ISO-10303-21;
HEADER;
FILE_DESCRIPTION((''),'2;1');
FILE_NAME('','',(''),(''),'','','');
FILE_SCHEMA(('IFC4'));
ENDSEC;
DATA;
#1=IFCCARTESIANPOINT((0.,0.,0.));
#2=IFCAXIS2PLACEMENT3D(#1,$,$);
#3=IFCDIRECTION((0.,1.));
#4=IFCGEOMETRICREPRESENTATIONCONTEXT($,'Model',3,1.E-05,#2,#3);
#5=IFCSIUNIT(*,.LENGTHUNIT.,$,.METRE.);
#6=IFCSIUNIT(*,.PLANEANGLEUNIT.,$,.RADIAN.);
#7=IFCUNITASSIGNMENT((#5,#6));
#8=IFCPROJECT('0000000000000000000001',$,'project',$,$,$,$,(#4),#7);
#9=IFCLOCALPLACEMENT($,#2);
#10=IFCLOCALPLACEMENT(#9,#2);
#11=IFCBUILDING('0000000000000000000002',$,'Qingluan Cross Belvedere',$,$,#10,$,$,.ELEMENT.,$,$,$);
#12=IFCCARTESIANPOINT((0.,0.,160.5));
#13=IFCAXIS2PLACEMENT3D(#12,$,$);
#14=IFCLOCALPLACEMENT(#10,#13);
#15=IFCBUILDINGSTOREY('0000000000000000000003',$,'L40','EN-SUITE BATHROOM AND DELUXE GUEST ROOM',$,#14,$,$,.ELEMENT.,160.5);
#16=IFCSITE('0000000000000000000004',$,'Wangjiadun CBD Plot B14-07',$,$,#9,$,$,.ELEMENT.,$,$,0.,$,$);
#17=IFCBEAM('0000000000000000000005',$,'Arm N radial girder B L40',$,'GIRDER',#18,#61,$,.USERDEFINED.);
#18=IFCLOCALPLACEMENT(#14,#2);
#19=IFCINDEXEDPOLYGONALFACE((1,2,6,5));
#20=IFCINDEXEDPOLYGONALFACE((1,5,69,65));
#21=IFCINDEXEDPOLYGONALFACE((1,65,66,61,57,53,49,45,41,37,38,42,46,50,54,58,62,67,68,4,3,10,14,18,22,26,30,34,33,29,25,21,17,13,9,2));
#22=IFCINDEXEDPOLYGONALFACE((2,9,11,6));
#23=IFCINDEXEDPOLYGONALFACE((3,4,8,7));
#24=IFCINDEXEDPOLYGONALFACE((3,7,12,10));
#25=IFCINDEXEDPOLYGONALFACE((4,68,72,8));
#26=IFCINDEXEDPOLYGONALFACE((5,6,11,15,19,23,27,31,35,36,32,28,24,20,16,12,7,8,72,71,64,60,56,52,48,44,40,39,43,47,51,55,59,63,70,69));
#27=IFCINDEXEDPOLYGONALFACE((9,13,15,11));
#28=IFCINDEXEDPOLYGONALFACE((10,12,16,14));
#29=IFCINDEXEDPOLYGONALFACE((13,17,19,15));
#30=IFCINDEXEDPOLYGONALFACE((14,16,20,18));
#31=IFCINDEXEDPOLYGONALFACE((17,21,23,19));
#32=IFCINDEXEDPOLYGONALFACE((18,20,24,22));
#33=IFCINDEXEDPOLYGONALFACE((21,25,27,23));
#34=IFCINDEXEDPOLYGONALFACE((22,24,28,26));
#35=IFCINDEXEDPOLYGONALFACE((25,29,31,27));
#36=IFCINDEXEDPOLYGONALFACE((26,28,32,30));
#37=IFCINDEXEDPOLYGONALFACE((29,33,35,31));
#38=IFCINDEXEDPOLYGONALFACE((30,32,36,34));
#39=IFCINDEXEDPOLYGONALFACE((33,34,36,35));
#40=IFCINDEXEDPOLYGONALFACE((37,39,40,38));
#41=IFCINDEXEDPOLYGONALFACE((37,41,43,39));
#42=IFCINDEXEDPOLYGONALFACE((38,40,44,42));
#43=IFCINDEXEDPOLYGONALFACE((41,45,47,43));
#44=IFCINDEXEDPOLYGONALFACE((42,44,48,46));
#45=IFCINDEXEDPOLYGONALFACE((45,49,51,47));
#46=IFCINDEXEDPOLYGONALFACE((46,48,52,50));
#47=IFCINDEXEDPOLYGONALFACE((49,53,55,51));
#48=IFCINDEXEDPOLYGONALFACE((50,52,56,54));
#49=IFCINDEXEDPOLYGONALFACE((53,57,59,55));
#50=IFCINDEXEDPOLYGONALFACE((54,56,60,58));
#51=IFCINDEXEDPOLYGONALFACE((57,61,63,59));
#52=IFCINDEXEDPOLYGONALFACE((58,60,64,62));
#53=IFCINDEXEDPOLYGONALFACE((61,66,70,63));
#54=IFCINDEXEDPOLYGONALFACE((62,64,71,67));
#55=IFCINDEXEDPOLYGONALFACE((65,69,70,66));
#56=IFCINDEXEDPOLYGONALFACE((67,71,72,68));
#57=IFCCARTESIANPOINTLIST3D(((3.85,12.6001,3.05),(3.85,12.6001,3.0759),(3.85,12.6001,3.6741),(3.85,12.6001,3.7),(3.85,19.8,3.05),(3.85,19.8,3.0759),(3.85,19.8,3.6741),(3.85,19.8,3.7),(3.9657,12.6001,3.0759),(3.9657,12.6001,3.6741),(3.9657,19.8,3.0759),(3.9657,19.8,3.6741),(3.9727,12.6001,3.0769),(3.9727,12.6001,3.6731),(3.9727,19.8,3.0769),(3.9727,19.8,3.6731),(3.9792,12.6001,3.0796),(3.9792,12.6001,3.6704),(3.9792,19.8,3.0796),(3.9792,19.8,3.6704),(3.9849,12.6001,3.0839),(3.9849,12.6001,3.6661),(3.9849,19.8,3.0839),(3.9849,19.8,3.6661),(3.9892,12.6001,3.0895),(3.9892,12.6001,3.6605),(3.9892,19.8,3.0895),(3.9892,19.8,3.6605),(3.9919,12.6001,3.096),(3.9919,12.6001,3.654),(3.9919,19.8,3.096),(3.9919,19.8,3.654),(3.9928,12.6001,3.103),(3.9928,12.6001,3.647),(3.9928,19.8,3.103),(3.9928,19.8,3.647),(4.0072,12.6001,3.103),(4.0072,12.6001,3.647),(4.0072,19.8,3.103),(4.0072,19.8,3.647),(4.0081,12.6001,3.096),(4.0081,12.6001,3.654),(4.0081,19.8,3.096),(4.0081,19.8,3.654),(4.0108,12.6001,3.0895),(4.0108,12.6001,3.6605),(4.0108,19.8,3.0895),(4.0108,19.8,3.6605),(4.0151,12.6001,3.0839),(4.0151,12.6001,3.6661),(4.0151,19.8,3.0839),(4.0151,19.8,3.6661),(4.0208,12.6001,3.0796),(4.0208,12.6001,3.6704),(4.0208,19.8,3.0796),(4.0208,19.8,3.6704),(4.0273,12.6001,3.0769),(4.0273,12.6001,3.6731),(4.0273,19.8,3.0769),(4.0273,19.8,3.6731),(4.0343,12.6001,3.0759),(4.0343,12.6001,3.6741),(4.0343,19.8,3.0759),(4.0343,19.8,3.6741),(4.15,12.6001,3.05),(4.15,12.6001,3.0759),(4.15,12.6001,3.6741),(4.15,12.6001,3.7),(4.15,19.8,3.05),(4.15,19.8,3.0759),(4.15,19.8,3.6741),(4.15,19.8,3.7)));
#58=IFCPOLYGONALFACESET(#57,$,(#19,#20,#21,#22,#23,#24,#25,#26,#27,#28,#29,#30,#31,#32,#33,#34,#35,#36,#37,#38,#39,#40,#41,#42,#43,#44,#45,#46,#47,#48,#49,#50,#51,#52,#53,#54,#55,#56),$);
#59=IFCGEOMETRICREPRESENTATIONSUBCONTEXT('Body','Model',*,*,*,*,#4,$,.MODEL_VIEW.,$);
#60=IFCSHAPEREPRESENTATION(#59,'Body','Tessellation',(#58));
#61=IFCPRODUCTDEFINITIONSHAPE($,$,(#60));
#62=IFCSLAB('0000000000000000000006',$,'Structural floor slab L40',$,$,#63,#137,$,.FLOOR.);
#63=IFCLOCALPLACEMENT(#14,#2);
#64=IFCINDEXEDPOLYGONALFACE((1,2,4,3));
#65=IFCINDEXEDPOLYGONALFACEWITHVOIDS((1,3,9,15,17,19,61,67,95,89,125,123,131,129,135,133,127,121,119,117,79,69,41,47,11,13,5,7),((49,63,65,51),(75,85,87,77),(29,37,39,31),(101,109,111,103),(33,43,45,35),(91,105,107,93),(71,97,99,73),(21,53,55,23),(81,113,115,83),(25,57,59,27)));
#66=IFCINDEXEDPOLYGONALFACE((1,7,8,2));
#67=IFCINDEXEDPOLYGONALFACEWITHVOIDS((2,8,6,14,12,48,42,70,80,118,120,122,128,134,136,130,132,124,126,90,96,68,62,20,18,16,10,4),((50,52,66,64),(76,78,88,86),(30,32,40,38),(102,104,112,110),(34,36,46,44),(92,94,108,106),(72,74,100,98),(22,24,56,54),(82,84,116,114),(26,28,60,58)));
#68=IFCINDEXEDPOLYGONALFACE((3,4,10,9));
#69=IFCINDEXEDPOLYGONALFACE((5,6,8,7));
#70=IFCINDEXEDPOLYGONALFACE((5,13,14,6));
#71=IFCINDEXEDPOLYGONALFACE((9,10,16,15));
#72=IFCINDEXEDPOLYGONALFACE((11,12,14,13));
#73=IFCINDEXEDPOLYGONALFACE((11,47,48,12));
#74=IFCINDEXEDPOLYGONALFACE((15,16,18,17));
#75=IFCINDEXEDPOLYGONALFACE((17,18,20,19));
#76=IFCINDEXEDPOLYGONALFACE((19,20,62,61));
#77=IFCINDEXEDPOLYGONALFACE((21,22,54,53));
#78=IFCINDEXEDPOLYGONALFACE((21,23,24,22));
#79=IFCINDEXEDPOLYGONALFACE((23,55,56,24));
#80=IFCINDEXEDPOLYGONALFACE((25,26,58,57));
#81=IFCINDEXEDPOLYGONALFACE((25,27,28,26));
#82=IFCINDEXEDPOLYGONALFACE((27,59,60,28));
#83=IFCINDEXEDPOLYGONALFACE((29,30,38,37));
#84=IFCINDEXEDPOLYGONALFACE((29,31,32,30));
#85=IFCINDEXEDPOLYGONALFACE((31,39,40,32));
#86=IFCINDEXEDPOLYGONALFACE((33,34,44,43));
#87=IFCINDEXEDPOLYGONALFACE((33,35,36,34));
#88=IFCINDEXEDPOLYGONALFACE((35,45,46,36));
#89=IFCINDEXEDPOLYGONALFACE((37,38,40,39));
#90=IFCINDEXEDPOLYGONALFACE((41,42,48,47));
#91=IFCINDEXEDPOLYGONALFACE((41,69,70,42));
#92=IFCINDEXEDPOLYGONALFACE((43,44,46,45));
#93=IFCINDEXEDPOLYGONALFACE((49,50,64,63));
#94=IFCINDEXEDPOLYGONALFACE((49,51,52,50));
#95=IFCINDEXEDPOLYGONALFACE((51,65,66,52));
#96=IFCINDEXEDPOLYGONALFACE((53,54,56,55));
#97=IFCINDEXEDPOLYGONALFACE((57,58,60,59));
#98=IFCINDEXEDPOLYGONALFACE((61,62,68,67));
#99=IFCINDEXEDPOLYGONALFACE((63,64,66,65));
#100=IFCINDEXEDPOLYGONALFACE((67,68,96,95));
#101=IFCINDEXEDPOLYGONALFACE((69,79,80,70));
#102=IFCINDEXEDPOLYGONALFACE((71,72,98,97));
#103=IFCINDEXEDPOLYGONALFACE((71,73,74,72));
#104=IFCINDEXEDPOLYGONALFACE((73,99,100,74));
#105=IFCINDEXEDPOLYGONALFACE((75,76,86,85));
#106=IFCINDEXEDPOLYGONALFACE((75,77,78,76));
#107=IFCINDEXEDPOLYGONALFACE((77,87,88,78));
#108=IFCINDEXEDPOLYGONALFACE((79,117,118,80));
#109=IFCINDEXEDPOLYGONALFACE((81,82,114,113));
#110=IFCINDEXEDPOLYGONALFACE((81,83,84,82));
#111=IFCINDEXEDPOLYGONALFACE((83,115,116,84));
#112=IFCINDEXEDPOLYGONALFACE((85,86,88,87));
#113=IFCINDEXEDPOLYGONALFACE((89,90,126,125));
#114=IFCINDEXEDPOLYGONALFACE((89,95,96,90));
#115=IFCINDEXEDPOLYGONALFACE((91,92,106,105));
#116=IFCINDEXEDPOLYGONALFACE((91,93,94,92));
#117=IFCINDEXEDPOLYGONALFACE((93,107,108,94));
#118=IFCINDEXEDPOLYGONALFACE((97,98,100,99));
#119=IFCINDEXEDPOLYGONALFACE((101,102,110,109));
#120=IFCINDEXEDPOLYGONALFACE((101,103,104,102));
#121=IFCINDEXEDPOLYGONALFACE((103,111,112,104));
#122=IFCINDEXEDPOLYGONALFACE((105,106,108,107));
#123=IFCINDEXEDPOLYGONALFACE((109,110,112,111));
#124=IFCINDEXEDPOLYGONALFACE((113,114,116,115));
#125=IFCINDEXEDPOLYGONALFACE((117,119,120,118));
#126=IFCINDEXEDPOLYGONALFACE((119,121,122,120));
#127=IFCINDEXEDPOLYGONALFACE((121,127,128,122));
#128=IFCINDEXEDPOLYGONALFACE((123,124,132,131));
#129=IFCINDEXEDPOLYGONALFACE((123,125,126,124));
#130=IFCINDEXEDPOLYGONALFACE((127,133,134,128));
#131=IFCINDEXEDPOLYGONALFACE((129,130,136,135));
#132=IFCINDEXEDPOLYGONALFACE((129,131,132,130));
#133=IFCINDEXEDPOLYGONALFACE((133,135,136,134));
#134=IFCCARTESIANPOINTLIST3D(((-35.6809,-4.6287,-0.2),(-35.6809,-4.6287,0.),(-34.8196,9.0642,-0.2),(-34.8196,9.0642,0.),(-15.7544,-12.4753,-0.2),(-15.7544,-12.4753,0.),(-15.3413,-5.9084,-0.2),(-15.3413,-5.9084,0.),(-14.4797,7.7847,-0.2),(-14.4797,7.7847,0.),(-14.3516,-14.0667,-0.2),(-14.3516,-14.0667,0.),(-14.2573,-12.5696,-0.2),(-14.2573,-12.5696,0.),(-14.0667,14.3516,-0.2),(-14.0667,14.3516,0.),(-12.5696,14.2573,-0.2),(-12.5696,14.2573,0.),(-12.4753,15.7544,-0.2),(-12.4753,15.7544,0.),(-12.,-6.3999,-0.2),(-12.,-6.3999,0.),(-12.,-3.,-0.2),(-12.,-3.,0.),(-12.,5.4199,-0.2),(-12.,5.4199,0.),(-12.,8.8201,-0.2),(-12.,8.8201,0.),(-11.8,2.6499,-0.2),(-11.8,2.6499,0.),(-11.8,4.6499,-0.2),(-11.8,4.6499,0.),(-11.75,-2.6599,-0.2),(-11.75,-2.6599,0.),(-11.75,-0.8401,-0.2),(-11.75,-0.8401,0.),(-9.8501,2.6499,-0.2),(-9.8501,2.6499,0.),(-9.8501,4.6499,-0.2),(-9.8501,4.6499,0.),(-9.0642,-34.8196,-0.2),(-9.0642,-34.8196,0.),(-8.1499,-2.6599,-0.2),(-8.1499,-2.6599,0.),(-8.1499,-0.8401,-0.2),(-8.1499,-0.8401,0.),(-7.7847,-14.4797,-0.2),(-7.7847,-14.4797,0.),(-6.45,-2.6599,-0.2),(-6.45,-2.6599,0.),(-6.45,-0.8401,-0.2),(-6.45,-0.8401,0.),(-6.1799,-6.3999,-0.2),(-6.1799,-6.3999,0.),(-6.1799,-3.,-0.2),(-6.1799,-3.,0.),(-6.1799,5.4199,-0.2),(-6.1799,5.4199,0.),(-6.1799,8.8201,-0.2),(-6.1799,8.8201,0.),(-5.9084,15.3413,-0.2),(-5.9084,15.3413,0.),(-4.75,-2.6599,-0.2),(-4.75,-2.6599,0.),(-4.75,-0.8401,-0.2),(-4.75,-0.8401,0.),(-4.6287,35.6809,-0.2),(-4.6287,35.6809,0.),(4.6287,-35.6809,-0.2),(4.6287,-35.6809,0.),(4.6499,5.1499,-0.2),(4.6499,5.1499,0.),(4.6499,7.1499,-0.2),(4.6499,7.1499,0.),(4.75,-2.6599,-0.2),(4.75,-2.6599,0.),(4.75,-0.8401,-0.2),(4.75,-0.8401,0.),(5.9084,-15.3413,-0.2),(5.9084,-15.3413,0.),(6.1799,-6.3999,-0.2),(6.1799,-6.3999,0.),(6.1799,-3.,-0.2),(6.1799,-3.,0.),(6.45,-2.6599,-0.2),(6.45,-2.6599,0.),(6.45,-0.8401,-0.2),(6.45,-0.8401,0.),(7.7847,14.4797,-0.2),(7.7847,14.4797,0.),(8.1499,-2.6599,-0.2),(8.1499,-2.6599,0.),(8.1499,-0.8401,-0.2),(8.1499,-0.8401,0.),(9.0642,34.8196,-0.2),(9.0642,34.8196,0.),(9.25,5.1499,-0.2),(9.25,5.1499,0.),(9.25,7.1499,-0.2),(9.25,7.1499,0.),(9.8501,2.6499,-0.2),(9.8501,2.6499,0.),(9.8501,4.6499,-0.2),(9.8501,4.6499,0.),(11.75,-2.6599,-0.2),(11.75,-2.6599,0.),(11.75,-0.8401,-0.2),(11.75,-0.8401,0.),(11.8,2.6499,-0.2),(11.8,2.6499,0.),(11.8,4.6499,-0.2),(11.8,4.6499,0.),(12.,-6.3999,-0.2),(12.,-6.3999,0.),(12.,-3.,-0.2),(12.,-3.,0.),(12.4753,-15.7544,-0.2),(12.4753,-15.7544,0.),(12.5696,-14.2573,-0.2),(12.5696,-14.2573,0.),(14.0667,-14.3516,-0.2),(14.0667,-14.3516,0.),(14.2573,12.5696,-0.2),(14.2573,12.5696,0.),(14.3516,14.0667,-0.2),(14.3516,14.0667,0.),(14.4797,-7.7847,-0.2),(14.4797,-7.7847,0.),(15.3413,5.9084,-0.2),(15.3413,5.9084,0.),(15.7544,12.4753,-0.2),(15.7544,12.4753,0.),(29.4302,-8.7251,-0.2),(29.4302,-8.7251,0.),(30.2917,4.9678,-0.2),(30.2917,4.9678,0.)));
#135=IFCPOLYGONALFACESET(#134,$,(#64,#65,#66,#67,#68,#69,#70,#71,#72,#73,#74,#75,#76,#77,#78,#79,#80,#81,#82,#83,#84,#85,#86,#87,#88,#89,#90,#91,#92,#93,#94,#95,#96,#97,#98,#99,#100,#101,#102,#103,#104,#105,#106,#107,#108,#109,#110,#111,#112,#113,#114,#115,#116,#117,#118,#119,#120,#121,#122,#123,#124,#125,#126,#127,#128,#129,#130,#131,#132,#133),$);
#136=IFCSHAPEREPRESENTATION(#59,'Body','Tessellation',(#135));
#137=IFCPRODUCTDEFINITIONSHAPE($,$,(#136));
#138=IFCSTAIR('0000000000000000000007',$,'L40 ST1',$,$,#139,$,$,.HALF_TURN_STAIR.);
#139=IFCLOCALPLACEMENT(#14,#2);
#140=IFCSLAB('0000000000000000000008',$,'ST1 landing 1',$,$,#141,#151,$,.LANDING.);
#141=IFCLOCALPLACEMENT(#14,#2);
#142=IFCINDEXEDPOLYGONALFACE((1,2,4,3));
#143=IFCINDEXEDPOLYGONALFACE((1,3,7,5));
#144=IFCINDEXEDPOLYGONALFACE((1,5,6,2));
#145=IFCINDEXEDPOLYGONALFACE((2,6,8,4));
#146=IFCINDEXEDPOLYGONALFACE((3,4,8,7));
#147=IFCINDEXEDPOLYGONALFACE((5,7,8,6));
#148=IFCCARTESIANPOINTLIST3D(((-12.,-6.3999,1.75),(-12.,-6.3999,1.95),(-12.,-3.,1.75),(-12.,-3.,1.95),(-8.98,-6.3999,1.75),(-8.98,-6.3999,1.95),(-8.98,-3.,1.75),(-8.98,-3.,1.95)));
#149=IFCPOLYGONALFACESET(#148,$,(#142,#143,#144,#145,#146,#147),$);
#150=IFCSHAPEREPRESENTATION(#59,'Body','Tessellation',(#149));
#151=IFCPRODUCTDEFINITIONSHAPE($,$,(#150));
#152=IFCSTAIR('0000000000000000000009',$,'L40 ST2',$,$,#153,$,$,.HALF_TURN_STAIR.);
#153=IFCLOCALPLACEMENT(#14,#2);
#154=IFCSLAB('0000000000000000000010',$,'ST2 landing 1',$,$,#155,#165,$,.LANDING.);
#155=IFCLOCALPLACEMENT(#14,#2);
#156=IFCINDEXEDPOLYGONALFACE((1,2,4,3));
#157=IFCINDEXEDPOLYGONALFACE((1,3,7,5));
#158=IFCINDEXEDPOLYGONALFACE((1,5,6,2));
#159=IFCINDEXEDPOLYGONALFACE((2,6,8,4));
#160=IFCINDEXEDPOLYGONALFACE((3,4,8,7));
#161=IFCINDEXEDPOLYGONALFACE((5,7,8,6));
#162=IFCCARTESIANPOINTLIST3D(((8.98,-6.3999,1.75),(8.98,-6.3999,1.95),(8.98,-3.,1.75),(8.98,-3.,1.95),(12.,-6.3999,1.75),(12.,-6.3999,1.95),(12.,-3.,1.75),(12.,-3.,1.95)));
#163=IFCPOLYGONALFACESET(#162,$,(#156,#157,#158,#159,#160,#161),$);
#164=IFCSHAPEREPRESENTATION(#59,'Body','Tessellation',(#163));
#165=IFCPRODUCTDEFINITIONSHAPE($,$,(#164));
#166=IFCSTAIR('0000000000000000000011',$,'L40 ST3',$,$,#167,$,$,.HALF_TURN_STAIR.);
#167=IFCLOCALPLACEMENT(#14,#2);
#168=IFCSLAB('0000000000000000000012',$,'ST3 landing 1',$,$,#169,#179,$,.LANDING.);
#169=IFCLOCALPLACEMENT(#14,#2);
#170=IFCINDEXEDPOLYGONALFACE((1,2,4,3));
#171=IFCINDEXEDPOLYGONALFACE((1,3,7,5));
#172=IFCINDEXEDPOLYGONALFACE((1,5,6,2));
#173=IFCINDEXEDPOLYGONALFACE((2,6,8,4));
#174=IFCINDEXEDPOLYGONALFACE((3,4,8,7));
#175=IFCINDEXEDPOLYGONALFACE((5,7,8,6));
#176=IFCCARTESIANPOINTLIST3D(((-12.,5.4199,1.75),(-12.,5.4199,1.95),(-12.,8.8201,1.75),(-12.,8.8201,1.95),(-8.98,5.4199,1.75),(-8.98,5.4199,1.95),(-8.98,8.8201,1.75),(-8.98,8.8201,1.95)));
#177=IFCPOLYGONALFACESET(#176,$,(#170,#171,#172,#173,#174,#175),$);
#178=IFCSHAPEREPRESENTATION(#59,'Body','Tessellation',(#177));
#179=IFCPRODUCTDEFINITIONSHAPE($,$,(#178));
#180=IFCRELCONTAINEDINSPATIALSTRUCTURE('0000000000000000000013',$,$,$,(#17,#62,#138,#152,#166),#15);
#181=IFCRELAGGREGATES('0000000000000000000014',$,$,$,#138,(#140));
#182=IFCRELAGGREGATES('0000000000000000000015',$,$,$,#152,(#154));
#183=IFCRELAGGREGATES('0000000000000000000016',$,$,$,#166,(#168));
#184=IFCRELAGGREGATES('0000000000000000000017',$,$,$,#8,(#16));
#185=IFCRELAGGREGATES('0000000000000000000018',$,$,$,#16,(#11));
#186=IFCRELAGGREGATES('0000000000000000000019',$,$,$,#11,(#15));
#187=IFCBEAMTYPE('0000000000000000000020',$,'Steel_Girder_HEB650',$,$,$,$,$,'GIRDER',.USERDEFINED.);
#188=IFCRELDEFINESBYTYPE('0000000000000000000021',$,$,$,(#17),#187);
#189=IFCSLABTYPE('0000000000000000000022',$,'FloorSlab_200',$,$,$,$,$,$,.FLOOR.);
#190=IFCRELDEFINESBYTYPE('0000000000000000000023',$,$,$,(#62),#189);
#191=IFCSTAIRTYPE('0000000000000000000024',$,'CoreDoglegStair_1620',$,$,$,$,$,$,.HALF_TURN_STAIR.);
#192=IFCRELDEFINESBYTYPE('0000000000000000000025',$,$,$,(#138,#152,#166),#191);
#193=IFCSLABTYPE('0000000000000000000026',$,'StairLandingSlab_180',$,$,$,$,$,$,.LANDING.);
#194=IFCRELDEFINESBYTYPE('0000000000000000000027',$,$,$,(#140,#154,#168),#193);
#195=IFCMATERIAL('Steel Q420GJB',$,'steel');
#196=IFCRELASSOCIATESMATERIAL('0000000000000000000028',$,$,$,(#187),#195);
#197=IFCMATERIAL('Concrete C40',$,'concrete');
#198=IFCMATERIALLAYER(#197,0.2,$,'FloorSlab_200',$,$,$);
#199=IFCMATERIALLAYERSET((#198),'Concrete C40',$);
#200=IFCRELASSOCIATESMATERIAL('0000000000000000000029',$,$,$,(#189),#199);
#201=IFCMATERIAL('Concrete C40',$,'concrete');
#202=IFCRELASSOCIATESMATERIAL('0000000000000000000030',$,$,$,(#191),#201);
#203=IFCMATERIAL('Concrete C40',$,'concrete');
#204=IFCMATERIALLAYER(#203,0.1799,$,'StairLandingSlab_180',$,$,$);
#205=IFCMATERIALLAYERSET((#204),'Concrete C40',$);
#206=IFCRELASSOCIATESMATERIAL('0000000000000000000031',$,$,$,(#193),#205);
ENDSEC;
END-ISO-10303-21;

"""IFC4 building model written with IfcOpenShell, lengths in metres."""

from ifc_helpers import new_model, si_unit, direction, frame, origin, origin_2d, place, context, subcontext, project, spatial, polyline, i_section, outline, extrude, material, layer, layer_set, material_profile, profile_set, type_object, element, aggregate, save


model = new_model("IFC4")

# Units and contexts
model_context = context("Model", 3, precision=1e-05, world=origin(), true_north=direction((0.0, 1.0)))
body_context = subcontext(model_context, "Body", "Model", "MODEL_VIEW")
ifc_project = project(units=[si_unit("LENGTHUNIT", "METRE"), si_unit("PLANEANGLEUNIT", "RADIAN")], contexts=[model_context])

# Site, building, storey
site_placement = place(None, origin())
site = spatial("IfcSite", under=ifc_project, at=site_placement, Name="Wangjiadun CBD Plot B14-07", CompositionType="ELEMENT", RefElevation=0.0)
building_placement = place(site_placement, origin())
building = spatial("IfcBuilding", under=site, at=building_placement, Name="Qingluan Cross Belvedere", CompositionType="ELEMENT")
storey_placement = place(building_placement, frame((0.0, 0.0, 160.5)))
storey = spatial("IfcBuildingStorey", under=building, at=storey_placement, Name="L40", Description="EN-SUITE BATHROOM AND DELUXE GUEST ROOM", CompositionType="ELEMENT", Elevation=160.5)

# Beam
ifc_material_1 = material(Name="Steel Q420GJB", Category="steel")
ifc_material_profile_1 = material_profile(ifc_material_1, i_section(OverallWidth=0.3, OverallDepth=0.6499, WebThickness=0.0144, FlangeThickness=0.0259, FilletRadius=0.0271, at=origin_2d()), Name="HEB650")
ifc_profile_set_1 = profile_set([ifc_material_profile_1], Name="Steel Q420GJB")
beam_type = type_object("IfcBeamType", Name="Steel_Girder_HEB650", ElementType="GIRDER", PredefinedType="USERDEFINED", material=ifc_profile_set_1)
beam_1_placement = place(storey_placement, frame((4.0, 12.6001, 3.375), z_axis=(0.0, 1.0, 0.0), x_axis=(-1.0, 0.0, 0.0)))
element("IfcBeam", 1, at=beam_1_placement, inside=storey, type_object=beam_type, Name="Arm N radial girder B L40", ObjectType="GIRDER", PredefinedType="USERDEFINED", context=body_context, shape_type="SweptSolid", body=[
    extrude(i_section(OverallWidth=0.3, OverallDepth=0.6499, WebThickness=0.0144, FlangeThickness=0.0259, FilletRadius=0.0271, at=origin_2d()), origin(), (0.0, 0.0, 1.0), 7.2),
])

# Slab
ifc_material_2 = material(Name="Concrete C40", Category="concrete")
ifc_layer_1 = layer(ifc_material_2, 0.2, Name="FloorSlab_200")
ifc_layer_set_1 = layer_set([ifc_layer_1], Name="Concrete C40")
slab_type_1 = type_object("IfcSlabType", Name="FloorSlab_200", PredefinedType="FLOOR", material=ifc_layer_set_1)
slab_1_placement = place(storey_placement, frame((0.0, 0.0, -0.2)))
element("IfcSlab", 2, at=slab_1_placement, inside=storey, type_object=slab_type_1, Name="Structural floor slab L40", PredefinedType="FLOOR", context=body_context, shape_type="SweptSolid", body=[
    extrude(outline(polyline([(4.6287, -35.6809), (5.9084, -15.3413), (12.4753, -15.7544), (12.5696, -14.2573), (14.0667, -14.3516), (14.4797, -7.7847), (29.4302, -8.7251), (30.2917, 4.9678), (15.3413, 5.9084), (15.7544, 12.4753), (14.2573, 12.5696), (14.3516, 14.0667), (7.7847, 14.4797), (9.0642, 34.8196), (-4.6287, 35.6809), (-5.9084, 15.3413), (-12.4753, 15.7544), (-12.5696, 14.2573), (-14.0667, 14.3516), (-14.4797, 7.7847), (-34.8196, 9.0642), (-35.6809, -4.6287), (-15.3413, -5.9084), (-15.7544, -12.4753), (-14.2573, -12.5696), (-14.3516, -14.0667), (-7.7847, -14.4797), (-9.0642, -34.8196), (4.6287, -35.6809)]), holes=[polyline([(-12.0, -3.0), (-6.1799, -3.0), (-6.1799, -6.3999), (-12.0, -6.3999), (-12.0, -3.0)]), polyline([(6.1799, -3.0), (12.0, -3.0), (12.0, -6.3999), (6.1799, -6.3999), (6.1799, -3.0)]), polyline([(-12.0, 8.8201), (-6.1799, 8.8201), (-6.1799, 5.4199), (-12.0, 5.4199), (-12.0, 8.8201)]), polyline([(-11.8, 4.6499), (-9.8501, 4.6499), (-9.8501, 2.6499), (-11.8, 2.6499), (-11.8, 4.6499)]), polyline([(9.8501, 4.6499), (11.8, 4.6499), (11.8, 2.6499), (9.8501, 2.6499), (9.8501, 4.6499)]), polyline([(-11.75, -0.8401), (-8.1499, -0.8401), (-8.1499, -2.6599), (-11.75, -2.6599), (-11.75, -0.8401)]), polyline([(-6.45, -0.8401), (-4.75, -0.8401), (-4.75, -2.6599), (-6.45, -2.6599), (-6.45, -0.8401)]), polyline([(4.75, -0.8401), (6.45, -0.8401), (6.45, -2.6599), (4.75, -2.6599), (4.75, -0.8401)]), polyline([(8.1499, -0.8401), (11.75, -0.8401), (11.75, -2.6599), (8.1499, -2.6599), (8.1499, -0.8401)]), polyline([(4.6499, 7.1499), (9.25, 7.1499), (9.25, 5.1499), (4.6499, 5.1499), (4.6499, 7.1499)])]), origin(), (0.0, 0.0, 1.0), 0.2),
])

# Stairs, slabs
ifc_material_3 = material(Name="Concrete C40", Category="concrete")
stair_type = type_object("IfcStairType", Name="CoreDoglegStair_1620", PredefinedType="HALF_TURN_STAIR", material=ifc_material_3)
stair_1_placement = place(storey_placement, origin())
stair_1 = element("IfcStair", 3, at=stair_1_placement, inside=storey, type_object=stair_type, Name="L40 ST1", PredefinedType="HALF_TURN_STAIR")
ifc_material_4 = material(Name="Concrete C40", Category="concrete")
ifc_layer_2 = layer(ifc_material_4, 0.1799, Name="StairLandingSlab_180")
ifc_layer_set_2 = layer_set([ifc_layer_2], Name="Concrete C40")
slab_type_2 = type_object("IfcSlabType", Name="StairLandingSlab_180", PredefinedType="LANDING", material=ifc_layer_set_2)
slab_2_placement = place(storey_placement, frame((0.0, 0.0, 1.75)))
slab_2 = element("IfcSlab", 4, at=slab_2_placement, type_object=slab_type_2, Name="ST1 landing 1", PredefinedType="LANDING", context=body_context, shape_type="SweptSolid", body=[
    extrude(outline(polyline([(-8.98, -3.0), (-12.0, -3.0), (-12.0, -6.3999), (-8.98, -6.3999), (-8.98, -3.0)])), origin(), (0.0, 0.0, 1.0), 0.2),
])
aggregate(stair_1, [slab_2])
stair_2_placement = place(storey_placement, origin())
stair_2 = element("IfcStair", 5, at=stair_2_placement, inside=storey, type_object=stair_type, Name="L40 ST2", PredefinedType="HALF_TURN_STAIR")
slab_3_placement = place(storey_placement, frame((0.0, 0.0, 1.75)))
slab_3 = element("IfcSlab", 6, at=slab_3_placement, type_object=slab_type_2, Name="ST2 landing 1", PredefinedType="LANDING", context=body_context, shape_type="SweptSolid", body=[
    extrude(outline(polyline([(8.98, -6.3999), (12.0, -6.3999), (12.0, -3.0), (8.98, -3.0), (8.98, -6.3999)])), origin(), (0.0, 0.0, 1.0), 0.2),
])
aggregate(stair_2, [slab_3])
stair_3_placement = place(storey_placement, origin())
stair_3 = element("IfcStair", 7, at=stair_3_placement, inside=storey, type_object=stair_type, Name="L40 ST3", PredefinedType="HALF_TURN_STAIR")
slab_4_placement = place(storey_placement, frame((0.0, 0.0, 1.75)))
slab_4 = element("IfcSlab", 8, at=slab_4_placement, type_object=slab_type_2, Name="ST3 landing 1", PredefinedType="LANDING", context=body_context, shape_type="SweptSolid", body=[
    extrude(outline(polyline([(-8.98, 8.8201), (-12.0, 8.8201), (-12.0, 5.4199), (-8.98, 5.4199), (-8.98, 8.8201)])), origin(), (0.0, 0.0, 1.0), 0.2),
])
aggregate(stair_3, [slab_4])

save(model, "model.ifc")
